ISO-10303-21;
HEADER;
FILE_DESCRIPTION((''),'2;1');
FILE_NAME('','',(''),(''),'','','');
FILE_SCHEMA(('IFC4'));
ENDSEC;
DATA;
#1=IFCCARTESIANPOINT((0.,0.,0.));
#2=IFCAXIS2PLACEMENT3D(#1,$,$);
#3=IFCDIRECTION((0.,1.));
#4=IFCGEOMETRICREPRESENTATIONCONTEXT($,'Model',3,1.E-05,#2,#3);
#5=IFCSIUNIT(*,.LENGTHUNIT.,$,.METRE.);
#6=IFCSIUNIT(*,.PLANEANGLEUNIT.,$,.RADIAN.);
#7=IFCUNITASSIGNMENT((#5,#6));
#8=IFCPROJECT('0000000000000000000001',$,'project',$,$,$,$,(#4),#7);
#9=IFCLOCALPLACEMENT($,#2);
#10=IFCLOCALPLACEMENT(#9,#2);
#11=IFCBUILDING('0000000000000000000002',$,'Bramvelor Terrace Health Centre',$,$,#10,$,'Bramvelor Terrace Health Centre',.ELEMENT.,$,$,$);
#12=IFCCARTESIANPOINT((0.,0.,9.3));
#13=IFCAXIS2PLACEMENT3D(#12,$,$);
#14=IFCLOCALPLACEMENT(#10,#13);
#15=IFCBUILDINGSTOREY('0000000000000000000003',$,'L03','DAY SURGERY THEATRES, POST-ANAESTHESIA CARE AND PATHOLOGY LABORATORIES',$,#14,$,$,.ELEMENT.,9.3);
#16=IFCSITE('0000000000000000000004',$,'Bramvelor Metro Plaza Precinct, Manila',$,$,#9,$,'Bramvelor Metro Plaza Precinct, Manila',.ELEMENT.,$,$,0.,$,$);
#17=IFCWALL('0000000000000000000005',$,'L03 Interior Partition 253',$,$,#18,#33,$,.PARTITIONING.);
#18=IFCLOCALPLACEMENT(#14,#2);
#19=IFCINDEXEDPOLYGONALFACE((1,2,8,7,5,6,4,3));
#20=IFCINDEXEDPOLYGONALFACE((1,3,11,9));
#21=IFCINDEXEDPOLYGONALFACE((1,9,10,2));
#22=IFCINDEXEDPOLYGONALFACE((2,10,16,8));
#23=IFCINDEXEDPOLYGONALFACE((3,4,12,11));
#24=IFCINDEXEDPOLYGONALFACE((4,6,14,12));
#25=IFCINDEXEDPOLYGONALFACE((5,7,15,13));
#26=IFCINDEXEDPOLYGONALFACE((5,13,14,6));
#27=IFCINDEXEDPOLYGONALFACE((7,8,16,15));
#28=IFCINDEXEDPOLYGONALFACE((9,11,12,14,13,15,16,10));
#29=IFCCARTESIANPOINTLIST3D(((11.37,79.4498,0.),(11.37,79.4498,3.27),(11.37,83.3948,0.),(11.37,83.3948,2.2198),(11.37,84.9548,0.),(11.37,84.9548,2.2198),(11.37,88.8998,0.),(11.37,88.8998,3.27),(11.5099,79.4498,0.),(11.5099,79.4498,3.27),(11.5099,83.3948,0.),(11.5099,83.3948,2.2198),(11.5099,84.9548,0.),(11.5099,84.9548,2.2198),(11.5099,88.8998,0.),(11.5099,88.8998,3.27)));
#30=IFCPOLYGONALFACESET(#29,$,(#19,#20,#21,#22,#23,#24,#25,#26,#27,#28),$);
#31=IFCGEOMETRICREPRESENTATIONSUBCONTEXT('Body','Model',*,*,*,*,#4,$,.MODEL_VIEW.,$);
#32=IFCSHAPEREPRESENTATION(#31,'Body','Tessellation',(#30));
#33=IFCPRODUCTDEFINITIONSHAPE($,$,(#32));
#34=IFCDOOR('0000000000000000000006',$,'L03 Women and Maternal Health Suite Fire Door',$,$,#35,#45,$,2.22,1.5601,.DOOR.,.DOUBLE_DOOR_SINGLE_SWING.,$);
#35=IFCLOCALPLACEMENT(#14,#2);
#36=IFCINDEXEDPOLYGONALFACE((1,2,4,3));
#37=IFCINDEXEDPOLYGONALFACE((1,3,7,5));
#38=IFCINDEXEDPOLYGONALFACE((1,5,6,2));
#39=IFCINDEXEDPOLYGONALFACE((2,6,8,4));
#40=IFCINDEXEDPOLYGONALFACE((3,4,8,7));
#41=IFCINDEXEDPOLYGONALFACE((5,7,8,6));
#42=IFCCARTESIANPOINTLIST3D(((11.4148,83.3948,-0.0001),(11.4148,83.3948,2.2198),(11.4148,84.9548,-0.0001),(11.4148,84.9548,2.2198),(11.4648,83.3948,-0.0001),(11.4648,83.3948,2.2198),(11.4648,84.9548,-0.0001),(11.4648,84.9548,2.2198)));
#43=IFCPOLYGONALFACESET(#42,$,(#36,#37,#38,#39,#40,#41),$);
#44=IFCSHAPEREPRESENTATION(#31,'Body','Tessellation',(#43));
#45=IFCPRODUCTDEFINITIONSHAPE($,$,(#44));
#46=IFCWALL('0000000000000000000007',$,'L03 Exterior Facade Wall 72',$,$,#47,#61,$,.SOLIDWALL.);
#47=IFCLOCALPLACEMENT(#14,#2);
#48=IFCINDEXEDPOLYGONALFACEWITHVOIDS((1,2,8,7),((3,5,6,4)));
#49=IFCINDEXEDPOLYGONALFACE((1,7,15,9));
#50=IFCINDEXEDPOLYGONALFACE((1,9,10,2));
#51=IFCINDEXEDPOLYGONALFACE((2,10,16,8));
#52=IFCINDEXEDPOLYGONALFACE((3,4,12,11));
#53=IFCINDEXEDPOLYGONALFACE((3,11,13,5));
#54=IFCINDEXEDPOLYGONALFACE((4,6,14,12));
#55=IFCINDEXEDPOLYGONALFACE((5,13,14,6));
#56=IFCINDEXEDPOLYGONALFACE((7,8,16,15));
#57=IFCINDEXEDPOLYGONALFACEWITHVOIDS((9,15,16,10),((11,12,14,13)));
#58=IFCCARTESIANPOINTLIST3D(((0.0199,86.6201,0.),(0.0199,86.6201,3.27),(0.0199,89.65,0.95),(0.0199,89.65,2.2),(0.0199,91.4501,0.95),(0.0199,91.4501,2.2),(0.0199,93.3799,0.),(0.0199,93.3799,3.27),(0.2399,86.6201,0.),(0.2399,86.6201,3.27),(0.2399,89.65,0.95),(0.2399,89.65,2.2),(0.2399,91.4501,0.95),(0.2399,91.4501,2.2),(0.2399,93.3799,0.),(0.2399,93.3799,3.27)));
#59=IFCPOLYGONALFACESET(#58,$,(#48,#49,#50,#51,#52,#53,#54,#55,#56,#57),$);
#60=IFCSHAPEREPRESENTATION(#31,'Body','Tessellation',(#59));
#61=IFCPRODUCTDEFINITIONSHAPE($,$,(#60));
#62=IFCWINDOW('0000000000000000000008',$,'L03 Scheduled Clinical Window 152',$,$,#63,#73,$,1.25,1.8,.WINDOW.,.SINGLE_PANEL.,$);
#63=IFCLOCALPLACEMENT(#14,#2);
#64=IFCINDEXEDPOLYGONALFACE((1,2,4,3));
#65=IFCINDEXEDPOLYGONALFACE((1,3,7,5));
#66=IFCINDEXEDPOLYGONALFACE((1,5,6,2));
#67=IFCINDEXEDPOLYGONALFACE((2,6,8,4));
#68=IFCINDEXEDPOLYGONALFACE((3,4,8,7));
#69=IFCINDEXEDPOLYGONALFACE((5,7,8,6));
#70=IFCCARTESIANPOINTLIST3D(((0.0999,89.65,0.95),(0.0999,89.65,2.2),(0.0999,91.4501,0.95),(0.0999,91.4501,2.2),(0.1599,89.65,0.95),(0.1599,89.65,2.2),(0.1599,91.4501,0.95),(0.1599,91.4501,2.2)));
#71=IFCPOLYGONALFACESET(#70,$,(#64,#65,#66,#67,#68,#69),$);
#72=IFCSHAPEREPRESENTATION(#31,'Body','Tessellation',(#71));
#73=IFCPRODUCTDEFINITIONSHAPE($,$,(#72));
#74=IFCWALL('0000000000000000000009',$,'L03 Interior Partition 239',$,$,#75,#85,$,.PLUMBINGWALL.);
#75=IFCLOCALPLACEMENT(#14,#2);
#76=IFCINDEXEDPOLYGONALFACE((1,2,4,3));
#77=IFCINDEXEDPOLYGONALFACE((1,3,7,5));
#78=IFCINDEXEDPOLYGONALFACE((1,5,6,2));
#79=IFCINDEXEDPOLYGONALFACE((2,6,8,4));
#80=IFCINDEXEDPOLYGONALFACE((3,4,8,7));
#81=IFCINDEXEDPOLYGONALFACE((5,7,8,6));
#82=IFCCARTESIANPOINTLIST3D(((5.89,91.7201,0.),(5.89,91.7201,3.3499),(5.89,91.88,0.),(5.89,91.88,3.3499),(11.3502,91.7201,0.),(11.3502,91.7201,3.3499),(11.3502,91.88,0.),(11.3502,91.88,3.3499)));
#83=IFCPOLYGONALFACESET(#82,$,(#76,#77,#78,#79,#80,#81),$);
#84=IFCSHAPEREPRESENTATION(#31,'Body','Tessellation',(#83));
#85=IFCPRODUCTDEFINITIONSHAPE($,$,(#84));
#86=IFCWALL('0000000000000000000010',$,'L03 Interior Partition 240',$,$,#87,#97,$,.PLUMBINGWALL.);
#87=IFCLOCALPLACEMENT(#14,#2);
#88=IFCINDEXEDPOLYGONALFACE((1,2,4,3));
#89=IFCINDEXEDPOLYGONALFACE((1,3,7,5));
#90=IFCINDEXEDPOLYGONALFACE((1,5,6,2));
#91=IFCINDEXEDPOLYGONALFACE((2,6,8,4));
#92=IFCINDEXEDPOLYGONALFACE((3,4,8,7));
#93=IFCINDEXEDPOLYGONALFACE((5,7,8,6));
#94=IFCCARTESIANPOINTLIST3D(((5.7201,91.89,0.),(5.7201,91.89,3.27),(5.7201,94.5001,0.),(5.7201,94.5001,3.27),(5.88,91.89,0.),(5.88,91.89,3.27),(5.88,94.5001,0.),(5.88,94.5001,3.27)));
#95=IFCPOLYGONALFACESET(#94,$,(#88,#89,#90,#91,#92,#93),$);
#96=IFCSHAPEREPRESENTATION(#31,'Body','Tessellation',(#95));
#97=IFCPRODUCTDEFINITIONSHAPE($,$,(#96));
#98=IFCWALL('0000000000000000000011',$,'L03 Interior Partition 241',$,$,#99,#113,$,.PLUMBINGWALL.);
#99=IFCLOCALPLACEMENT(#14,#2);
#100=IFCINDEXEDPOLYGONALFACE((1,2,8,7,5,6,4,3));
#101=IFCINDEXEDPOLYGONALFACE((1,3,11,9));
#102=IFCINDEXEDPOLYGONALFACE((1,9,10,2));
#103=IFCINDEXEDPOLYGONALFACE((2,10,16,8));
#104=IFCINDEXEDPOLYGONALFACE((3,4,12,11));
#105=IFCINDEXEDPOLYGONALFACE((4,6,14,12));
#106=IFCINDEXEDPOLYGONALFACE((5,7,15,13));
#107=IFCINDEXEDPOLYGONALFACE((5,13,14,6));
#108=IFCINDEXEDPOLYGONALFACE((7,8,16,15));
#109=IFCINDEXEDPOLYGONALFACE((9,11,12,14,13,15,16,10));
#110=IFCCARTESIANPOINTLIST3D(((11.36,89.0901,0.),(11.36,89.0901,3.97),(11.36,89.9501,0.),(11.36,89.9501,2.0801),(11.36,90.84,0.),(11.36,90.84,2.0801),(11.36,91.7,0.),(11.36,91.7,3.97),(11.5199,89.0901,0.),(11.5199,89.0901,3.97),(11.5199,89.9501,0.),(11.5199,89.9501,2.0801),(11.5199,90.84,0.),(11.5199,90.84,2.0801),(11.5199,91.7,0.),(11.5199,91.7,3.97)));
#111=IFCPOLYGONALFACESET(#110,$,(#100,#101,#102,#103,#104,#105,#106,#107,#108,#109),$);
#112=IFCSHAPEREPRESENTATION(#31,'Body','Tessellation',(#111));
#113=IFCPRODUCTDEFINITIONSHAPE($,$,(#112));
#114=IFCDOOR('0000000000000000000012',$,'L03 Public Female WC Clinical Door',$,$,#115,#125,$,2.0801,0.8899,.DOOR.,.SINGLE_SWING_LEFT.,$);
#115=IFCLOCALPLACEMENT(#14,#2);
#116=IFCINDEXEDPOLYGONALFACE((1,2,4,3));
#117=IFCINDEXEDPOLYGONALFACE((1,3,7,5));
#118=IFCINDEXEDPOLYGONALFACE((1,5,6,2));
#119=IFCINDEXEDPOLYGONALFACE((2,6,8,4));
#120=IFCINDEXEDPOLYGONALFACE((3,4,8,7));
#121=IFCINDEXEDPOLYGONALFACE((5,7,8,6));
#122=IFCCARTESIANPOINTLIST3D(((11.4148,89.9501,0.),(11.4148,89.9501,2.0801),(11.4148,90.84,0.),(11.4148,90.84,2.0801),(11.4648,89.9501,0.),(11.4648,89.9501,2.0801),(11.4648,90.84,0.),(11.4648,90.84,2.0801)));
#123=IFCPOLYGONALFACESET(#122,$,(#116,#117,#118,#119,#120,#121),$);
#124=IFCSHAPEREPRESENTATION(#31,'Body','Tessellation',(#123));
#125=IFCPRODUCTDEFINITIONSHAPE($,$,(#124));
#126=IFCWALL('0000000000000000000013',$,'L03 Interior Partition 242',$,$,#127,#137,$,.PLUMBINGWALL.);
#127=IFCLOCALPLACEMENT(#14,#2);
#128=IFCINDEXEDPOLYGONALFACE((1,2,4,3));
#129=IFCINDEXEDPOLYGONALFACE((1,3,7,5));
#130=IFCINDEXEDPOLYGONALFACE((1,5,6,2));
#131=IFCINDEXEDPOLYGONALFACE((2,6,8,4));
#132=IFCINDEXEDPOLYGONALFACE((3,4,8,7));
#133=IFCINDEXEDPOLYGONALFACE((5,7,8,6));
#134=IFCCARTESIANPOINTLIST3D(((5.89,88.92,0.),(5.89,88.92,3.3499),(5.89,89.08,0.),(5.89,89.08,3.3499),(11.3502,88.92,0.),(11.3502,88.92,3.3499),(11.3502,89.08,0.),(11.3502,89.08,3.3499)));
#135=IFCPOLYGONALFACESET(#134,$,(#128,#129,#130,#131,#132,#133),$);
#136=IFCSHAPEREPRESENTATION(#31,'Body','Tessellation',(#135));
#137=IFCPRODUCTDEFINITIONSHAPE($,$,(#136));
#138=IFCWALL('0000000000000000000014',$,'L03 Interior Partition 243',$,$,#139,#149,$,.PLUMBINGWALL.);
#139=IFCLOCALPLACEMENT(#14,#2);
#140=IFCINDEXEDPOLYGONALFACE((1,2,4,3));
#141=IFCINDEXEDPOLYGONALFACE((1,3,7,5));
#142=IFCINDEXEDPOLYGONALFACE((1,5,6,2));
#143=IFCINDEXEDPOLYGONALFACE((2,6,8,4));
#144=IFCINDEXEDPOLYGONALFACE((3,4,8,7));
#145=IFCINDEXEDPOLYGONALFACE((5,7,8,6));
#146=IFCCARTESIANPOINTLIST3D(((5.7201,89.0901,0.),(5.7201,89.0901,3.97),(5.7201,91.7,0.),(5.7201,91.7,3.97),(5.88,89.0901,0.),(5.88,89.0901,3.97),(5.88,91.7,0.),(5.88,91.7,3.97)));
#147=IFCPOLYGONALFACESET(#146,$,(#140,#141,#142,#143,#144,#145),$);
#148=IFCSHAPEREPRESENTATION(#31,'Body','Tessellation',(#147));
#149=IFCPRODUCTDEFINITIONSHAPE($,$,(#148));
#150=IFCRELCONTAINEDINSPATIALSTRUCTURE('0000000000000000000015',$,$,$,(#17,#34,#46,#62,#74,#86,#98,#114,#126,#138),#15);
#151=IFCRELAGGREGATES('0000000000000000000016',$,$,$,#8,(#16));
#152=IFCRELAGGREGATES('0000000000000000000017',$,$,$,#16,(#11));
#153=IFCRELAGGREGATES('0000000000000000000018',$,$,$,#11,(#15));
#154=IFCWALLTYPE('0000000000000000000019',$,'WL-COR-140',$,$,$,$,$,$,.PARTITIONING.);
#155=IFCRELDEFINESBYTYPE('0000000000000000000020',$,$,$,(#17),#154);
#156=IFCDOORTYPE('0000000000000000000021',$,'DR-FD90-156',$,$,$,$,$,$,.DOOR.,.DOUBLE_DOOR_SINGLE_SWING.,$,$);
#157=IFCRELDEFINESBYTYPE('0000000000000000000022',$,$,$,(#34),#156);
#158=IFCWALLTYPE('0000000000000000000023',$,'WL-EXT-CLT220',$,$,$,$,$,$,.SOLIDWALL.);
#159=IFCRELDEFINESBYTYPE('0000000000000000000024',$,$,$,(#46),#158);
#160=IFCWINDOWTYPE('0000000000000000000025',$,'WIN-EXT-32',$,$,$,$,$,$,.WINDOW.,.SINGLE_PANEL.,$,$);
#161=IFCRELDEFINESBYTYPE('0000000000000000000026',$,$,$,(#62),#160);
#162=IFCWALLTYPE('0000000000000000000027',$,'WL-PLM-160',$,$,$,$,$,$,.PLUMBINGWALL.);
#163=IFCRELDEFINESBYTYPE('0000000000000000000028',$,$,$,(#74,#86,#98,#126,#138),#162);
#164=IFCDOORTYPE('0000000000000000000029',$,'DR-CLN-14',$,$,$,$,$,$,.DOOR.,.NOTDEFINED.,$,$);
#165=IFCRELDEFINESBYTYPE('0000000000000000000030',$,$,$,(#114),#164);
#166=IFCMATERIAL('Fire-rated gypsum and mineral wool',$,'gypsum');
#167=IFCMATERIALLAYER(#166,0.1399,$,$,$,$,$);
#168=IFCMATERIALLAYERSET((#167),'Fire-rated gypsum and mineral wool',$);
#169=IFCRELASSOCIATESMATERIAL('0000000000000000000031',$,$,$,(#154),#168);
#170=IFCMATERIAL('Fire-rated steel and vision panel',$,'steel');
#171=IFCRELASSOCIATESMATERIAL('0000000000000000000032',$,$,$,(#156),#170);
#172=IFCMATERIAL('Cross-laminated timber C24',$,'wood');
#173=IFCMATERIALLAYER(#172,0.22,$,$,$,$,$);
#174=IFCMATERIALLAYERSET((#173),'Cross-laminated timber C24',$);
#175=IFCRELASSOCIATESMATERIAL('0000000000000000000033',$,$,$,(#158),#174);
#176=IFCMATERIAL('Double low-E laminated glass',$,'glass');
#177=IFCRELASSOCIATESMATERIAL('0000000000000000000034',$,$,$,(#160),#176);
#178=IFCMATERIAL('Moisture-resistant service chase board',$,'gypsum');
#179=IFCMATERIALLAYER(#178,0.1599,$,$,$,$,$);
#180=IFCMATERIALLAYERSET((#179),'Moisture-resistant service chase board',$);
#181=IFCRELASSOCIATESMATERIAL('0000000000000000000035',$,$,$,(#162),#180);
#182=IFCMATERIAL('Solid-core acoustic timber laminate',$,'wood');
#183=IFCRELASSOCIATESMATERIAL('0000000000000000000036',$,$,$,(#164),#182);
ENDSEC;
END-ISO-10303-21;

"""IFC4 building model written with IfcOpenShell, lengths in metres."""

from ifc_helpers import new_model, si_unit, direction, frame, frame_2d, origin, place, context, subcontext, project, spatial, rectangle, extrude, material, layer, layer_set, type_object, element, fill, save


model = new_model("IFC4")

# Units and contexts
model_context = context("Model", 3, precision=1e-05, world=origin(), true_north=direction((0.0, 1.0)))
body_context = subcontext(model_context, "Body", "Model", "MODEL_VIEW")
ifc_project = project(units=[si_unit("LENGTHUNIT", "METRE"), si_unit("PLANEANGLEUNIT", "RADIAN")], contexts=[model_context])

# Site, building, storey
site_placement = place(None, origin())
site = spatial("IfcSite", under=ifc_project, at=site_placement, Name="Bramvelor Metro Plaza Precinct, Manila", LongName="Bramvelor Metro Plaza Precinct, Manila", CompositionType="ELEMENT", RefElevation=0.0)
building_placement = place(site_placement, origin())
building = spatial("IfcBuilding", under=site, at=building_placement, Name="Bramvelor Terrace Health Centre", LongName="Bramvelor Terrace Health Centre", CompositionType="ELEMENT")
storey_placement = place(building_placement, frame((0.0, 0.0, 9.3)))
storey = spatial("IfcBuildingStorey", under=building, at=storey_placement, Name="L03", Description="DAY SURGERY THEATRES, POST-ANAESTHESIA CARE AND PATHOLOGY LABORATORIES", CompositionType="ELEMENT", Elevation=9.3)

# Wall, opening, door
ifc_material_1 = material(Name="Fire-rated gypsum and mineral wool", Category="gypsum")
ifc_layer_1 = layer(ifc_material_1, 0.1399)
ifc_layer_set_1 = layer_set([ifc_layer_1], Name="Fire-rated gypsum and mineral wool")
wall_type_1 = type_object("IfcWallType", Name="WL-COR-140", PredefinedType="PARTITIONING", material=ifc_layer_set_1)
wall_1_placement = place(storey_placement, frame((11.4399, 88.8999, 0.0), z_axis=(0.0, 0.0, 1.0), x_axis=(0.0, -1.0, 0.0)))
wall_1 = element("IfcWall", 1, at=wall_1_placement, inside=storey, type_object=wall_type_1, Name="L03 Interior Partition 253", PredefinedType="PARTITIONING", context=body_context, shape_type="SweptSolid", body=[
    extrude(rectangle(XDim=9.45, YDim=0.1399, at=frame_2d((4.7251, 0.0))), origin(), (0.0, 0.0, 1.0), 3.27),
])
opening_1_placement = place(wall_1_placement, frame((3.9451, 0.0, 0.0)))
opening_1 = element("IfcOpeningElement", 2, at=opening_1_placement, cuts=wall_1, PredefinedType="OPENING", context=body_context, shape_type="SweptSolid", body=[
    extrude(rectangle(XDim=1.5601, YDim=2.22, at=frame_2d((0.78, 1.1099))), frame((0.0, 0.0798, 0.0), z_axis=(0.0, -1.0, 0.0), x_axis=(1.0, 0.0, 0.0)), (0.0, 0.0, 1.0), 0.1599),
])
ifc_material_2 = material(Name="Fire-rated steel and vision panel", Category="steel")
door_type_1 = type_object("IfcDoorType", Name="DR-FD90-156", OperationType="DOUBLE_DOOR_SINGLE_SWING", PredefinedType="DOOR", material=ifc_material_2)
door_1_placement = place(opening_1_placement, origin())
door_1 = element("IfcDoor", 3, at=door_1_placement, inside=storey, type_object=door_type_1, Name="L03 Women and Maternal Health Suite Fire Door", OperationType="DOUBLE_DOOR_SINGLE_SWING", OverallHeight=2.22, OverallWidth=1.5601, PredefinedType="DOOR", context=body_context, shape_type="SweptSolid", body=[
    extrude(rectangle(XDim=1.5601, YDim=2.22, at=frame_2d((0.78, 1.1099))), frame((0.0, 0.0249, 0.0), z_axis=(0.0, -1.0, 0.0), x_axis=(1.0, 0.0, 0.0)), (0.0, 0.0, 1.0), 0.05),
])
fill(opening_1, door_1)

# Wall, opening, window
ifc_material_3 = material(Name="Cross-laminated timber C24", Category="wood")
ifc_layer_2 = layer(ifc_material_3, 0.22)
ifc_layer_set_2 = layer_set([ifc_layer_2], Name="Cross-laminated timber C24")
wall_type_2 = type_object("IfcWallType", Name="WL-EXT-CLT220", PredefinedType="SOLIDWALL", material=ifc_layer_set_2)
wall_2_placement = place(storey_placement, frame((0.1299, 86.6201, 0.0), z_axis=(0.0, 0.0, 1.0), x_axis=(0.0, 1.0, 0.0)))
wall_2 = element("IfcWall", 4, at=wall_2_placement, inside=storey, type_object=wall_type_2, Name="L03 Exterior Facade Wall 72", PredefinedType="SOLIDWALL", context=body_context, shape_type="SweptSolid", body=[
    extrude(rectangle(XDim=6.7598, YDim=0.22, at=frame_2d((3.3799, 0.0))), origin(), (0.0, 0.0, 1.0), 3.27),
])
opening_2_placement = place(wall_2_placement, frame((3.03, 0.0, 0.95)))
opening_2 = element("IfcOpeningElement", 5, at=opening_2_placement, cuts=wall_2, PredefinedType="OPENING", context=body_context, shape_type="SweptSolid", body=[
    extrude(rectangle(XDim=1.8, YDim=1.25, at=frame_2d((0.8999, 0.625))), frame((0.0, 0.1199, 0.0), z_axis=(0.0, -1.0, 0.0), x_axis=(1.0, 0.0, 0.0)), (0.0, 0.0, 1.0), 0.24),
])
ifc_material_4 = material(Name="Double low-E laminated glass", Category="glass")
window_type = type_object("IfcWindowType", Name="WIN-EXT-32", PartitioningType="SINGLE_PANEL", PredefinedType="WINDOW", material=ifc_material_4)
window_placement = place(opening_2_placement, origin())
window = element("IfcWindow", 6, at=window_placement, inside=storey, type_object=window_type, Name="L03 Scheduled Clinical Window 152", OverallHeight=1.25, OverallWidth=1.8, PartitioningType="SINGLE_PANEL", PredefinedType="WINDOW", context=body_context, shape_type="SweptSolid", body=[
    extrude(rectangle(XDim=1.8, YDim=1.25, at=frame_2d((0.8999, 0.625))), frame((0.0, 0.03, 0.0), z_axis=(0.0, -1.0, 0.0), x_axis=(1.0, 0.0, 0.0)), (0.0, 0.0, 1.0), 0.0601),
])
fill(opening_2, window)

# Walls
ifc_material_5 = material(Name="Moisture-resistant service chase board", Category="gypsum")
ifc_layer_3 = layer(ifc_material_5, 0.1599)
ifc_layer_set_3 = layer_set([ifc_layer_3], Name="Moisture-resistant service chase board")
wall_type_3 = type_object("IfcWallType", Name="WL-PLM-160", PredefinedType="PLUMBINGWALL", material=ifc_layer_set_3)
wall_3_placement = place(storey_placement, frame((11.3501, 91.8, 0.0), z_axis=(0.0, 0.0, 1.0), x_axis=(-1.0, 0.0, 0.0)))
element("IfcWall", 7, at=wall_3_placement, inside=storey, type_object=wall_type_3, Name="L03 Interior Partition 239", PredefinedType="PLUMBINGWALL", context=body_context, shape_type="SweptSolid", body=[
    extrude(rectangle(XDim=5.4602, YDim=0.1599, at=frame_2d((2.73, 0.0))), origin(), (0.0, 0.0, 1.0), 3.3499),
])
wall_4_placement = place(storey_placement, frame((5.8, 91.8899, 0.0), z_axis=(0.0, 0.0, 1.0), x_axis=(0.0, 1.0, 0.0)))
element("IfcWall", 8, at=wall_4_placement, inside=storey, type_object=wall_type_3, Name="L03 Interior Partition 240", PredefinedType="PLUMBINGWALL", context=body_context, shape_type="SweptSolid", body=[
    extrude(rectangle(XDim=2.6101, YDim=0.1599, at=frame_2d((1.3052, 0.0))), origin(), (0.0, 0.0, 1.0), 3.27),
])

# Wall, opening, door
wall_5_placement = place(storey_placement, frame((11.4399, 91.7, 0.0), z_axis=(0.0, 0.0, 1.0), x_axis=(0.0, -1.0, 0.0)))
wall_5 = element("IfcWall", 9, at=wall_5_placement, inside=storey, type_object=wall_type_3, Name="L03 Interior Partition 241", PredefinedType="PLUMBINGWALL", context=body_context, shape_type="SweptSolid", body=[
    extrude(rectangle(XDim=2.6099, YDim=0.1599, at=frame_2d((1.3049, 0.0))), origin(), (0.0, 0.0, 1.0), 3.97),
])
opening_3_placement = place(wall_5_placement, frame((0.8601, 0.0, 0.0)))
opening_3 = element("IfcOpeningElement", 10, at=opening_3_placement, cuts=wall_5, PredefinedType="OPENING", context=body_context, shape_type="SweptSolid", body=[
    extrude(rectangle(XDim=0.8899, YDim=2.0801, at=frame_2d((0.4448, 1.04))), frame((0.0, 0.0898, 0.0), z_axis=(0.0, -1.0, 0.0), x_axis=(1.0, 0.0, 0.0)), (0.0, 0.0, 1.0), 0.1799),
])
ifc_material_6 = material(Name="Solid-core acoustic timber laminate", Category="wood")
door_type_2 = type_object("IfcDoorType", Name="DR-CLN-14", OperationType="NOTDEFINED", PredefinedType="DOOR", material=ifc_material_6)
door_2_placement = place(opening_3_placement, origin())
door_2 = element("IfcDoor", 11, at=door_2_placement, inside=storey, type_object=door_type_2, Name="L03 Public Female WC Clinical Door", OperationType="SINGLE_SWING_LEFT", OverallHeight=2.0801, OverallWidth=0.8899, PredefinedType="DOOR", context=body_context, shape_type="SweptSolid", body=[
    extrude(rectangle(XDim=0.8899, YDim=2.0801, at=frame_2d((0.4448, 1.04))), frame((0.0, 0.0249, 0.0), z_axis=(0.0, -1.0, 0.0), x_axis=(1.0, 0.0, 0.0)), (0.0, 0.0, 1.0), 0.05),
])
fill(opening_3, door_2)

# Walls
wall_6_placement = place(storey_placement, frame((11.3501, 89.0, 0.0), z_axis=(0.0, 0.0, 1.0), x_axis=(-1.0, 0.0, 0.0)))
element("IfcWall", 12, at=wall_6_placement, inside=storey, type_object=wall_type_3, Name="L03 Interior Partition 242", PredefinedType="PLUMBINGWALL", context=body_context, shape_type="SweptSolid", body=[
    extrude(rectangle(XDim=5.4602, YDim=0.1599, at=frame_2d((2.73, 0.0))), origin(), (0.0, 0.0, 1.0), 3.3499),
])
wall_7_placement = place(storey_placement, frame((5.8, 89.0901, 0.0), z_axis=(0.0, 0.0, 1.0), x_axis=(0.0, 1.0, 0.0)))
element("IfcWall", 13, at=wall_7_placement, inside=storey, type_object=wall_type_3, Name="L03 Interior Partition 243", PredefinedType="PLUMBINGWALL", context=body_context, shape_type="SweptSolid", body=[
    extrude(rectangle(XDim=2.6099, YDim=0.1599, at=frame_2d((1.3049, 0.0))), origin(), (0.0, 0.0, 1.0), 3.97),
])

save(model, "model.ifc")
